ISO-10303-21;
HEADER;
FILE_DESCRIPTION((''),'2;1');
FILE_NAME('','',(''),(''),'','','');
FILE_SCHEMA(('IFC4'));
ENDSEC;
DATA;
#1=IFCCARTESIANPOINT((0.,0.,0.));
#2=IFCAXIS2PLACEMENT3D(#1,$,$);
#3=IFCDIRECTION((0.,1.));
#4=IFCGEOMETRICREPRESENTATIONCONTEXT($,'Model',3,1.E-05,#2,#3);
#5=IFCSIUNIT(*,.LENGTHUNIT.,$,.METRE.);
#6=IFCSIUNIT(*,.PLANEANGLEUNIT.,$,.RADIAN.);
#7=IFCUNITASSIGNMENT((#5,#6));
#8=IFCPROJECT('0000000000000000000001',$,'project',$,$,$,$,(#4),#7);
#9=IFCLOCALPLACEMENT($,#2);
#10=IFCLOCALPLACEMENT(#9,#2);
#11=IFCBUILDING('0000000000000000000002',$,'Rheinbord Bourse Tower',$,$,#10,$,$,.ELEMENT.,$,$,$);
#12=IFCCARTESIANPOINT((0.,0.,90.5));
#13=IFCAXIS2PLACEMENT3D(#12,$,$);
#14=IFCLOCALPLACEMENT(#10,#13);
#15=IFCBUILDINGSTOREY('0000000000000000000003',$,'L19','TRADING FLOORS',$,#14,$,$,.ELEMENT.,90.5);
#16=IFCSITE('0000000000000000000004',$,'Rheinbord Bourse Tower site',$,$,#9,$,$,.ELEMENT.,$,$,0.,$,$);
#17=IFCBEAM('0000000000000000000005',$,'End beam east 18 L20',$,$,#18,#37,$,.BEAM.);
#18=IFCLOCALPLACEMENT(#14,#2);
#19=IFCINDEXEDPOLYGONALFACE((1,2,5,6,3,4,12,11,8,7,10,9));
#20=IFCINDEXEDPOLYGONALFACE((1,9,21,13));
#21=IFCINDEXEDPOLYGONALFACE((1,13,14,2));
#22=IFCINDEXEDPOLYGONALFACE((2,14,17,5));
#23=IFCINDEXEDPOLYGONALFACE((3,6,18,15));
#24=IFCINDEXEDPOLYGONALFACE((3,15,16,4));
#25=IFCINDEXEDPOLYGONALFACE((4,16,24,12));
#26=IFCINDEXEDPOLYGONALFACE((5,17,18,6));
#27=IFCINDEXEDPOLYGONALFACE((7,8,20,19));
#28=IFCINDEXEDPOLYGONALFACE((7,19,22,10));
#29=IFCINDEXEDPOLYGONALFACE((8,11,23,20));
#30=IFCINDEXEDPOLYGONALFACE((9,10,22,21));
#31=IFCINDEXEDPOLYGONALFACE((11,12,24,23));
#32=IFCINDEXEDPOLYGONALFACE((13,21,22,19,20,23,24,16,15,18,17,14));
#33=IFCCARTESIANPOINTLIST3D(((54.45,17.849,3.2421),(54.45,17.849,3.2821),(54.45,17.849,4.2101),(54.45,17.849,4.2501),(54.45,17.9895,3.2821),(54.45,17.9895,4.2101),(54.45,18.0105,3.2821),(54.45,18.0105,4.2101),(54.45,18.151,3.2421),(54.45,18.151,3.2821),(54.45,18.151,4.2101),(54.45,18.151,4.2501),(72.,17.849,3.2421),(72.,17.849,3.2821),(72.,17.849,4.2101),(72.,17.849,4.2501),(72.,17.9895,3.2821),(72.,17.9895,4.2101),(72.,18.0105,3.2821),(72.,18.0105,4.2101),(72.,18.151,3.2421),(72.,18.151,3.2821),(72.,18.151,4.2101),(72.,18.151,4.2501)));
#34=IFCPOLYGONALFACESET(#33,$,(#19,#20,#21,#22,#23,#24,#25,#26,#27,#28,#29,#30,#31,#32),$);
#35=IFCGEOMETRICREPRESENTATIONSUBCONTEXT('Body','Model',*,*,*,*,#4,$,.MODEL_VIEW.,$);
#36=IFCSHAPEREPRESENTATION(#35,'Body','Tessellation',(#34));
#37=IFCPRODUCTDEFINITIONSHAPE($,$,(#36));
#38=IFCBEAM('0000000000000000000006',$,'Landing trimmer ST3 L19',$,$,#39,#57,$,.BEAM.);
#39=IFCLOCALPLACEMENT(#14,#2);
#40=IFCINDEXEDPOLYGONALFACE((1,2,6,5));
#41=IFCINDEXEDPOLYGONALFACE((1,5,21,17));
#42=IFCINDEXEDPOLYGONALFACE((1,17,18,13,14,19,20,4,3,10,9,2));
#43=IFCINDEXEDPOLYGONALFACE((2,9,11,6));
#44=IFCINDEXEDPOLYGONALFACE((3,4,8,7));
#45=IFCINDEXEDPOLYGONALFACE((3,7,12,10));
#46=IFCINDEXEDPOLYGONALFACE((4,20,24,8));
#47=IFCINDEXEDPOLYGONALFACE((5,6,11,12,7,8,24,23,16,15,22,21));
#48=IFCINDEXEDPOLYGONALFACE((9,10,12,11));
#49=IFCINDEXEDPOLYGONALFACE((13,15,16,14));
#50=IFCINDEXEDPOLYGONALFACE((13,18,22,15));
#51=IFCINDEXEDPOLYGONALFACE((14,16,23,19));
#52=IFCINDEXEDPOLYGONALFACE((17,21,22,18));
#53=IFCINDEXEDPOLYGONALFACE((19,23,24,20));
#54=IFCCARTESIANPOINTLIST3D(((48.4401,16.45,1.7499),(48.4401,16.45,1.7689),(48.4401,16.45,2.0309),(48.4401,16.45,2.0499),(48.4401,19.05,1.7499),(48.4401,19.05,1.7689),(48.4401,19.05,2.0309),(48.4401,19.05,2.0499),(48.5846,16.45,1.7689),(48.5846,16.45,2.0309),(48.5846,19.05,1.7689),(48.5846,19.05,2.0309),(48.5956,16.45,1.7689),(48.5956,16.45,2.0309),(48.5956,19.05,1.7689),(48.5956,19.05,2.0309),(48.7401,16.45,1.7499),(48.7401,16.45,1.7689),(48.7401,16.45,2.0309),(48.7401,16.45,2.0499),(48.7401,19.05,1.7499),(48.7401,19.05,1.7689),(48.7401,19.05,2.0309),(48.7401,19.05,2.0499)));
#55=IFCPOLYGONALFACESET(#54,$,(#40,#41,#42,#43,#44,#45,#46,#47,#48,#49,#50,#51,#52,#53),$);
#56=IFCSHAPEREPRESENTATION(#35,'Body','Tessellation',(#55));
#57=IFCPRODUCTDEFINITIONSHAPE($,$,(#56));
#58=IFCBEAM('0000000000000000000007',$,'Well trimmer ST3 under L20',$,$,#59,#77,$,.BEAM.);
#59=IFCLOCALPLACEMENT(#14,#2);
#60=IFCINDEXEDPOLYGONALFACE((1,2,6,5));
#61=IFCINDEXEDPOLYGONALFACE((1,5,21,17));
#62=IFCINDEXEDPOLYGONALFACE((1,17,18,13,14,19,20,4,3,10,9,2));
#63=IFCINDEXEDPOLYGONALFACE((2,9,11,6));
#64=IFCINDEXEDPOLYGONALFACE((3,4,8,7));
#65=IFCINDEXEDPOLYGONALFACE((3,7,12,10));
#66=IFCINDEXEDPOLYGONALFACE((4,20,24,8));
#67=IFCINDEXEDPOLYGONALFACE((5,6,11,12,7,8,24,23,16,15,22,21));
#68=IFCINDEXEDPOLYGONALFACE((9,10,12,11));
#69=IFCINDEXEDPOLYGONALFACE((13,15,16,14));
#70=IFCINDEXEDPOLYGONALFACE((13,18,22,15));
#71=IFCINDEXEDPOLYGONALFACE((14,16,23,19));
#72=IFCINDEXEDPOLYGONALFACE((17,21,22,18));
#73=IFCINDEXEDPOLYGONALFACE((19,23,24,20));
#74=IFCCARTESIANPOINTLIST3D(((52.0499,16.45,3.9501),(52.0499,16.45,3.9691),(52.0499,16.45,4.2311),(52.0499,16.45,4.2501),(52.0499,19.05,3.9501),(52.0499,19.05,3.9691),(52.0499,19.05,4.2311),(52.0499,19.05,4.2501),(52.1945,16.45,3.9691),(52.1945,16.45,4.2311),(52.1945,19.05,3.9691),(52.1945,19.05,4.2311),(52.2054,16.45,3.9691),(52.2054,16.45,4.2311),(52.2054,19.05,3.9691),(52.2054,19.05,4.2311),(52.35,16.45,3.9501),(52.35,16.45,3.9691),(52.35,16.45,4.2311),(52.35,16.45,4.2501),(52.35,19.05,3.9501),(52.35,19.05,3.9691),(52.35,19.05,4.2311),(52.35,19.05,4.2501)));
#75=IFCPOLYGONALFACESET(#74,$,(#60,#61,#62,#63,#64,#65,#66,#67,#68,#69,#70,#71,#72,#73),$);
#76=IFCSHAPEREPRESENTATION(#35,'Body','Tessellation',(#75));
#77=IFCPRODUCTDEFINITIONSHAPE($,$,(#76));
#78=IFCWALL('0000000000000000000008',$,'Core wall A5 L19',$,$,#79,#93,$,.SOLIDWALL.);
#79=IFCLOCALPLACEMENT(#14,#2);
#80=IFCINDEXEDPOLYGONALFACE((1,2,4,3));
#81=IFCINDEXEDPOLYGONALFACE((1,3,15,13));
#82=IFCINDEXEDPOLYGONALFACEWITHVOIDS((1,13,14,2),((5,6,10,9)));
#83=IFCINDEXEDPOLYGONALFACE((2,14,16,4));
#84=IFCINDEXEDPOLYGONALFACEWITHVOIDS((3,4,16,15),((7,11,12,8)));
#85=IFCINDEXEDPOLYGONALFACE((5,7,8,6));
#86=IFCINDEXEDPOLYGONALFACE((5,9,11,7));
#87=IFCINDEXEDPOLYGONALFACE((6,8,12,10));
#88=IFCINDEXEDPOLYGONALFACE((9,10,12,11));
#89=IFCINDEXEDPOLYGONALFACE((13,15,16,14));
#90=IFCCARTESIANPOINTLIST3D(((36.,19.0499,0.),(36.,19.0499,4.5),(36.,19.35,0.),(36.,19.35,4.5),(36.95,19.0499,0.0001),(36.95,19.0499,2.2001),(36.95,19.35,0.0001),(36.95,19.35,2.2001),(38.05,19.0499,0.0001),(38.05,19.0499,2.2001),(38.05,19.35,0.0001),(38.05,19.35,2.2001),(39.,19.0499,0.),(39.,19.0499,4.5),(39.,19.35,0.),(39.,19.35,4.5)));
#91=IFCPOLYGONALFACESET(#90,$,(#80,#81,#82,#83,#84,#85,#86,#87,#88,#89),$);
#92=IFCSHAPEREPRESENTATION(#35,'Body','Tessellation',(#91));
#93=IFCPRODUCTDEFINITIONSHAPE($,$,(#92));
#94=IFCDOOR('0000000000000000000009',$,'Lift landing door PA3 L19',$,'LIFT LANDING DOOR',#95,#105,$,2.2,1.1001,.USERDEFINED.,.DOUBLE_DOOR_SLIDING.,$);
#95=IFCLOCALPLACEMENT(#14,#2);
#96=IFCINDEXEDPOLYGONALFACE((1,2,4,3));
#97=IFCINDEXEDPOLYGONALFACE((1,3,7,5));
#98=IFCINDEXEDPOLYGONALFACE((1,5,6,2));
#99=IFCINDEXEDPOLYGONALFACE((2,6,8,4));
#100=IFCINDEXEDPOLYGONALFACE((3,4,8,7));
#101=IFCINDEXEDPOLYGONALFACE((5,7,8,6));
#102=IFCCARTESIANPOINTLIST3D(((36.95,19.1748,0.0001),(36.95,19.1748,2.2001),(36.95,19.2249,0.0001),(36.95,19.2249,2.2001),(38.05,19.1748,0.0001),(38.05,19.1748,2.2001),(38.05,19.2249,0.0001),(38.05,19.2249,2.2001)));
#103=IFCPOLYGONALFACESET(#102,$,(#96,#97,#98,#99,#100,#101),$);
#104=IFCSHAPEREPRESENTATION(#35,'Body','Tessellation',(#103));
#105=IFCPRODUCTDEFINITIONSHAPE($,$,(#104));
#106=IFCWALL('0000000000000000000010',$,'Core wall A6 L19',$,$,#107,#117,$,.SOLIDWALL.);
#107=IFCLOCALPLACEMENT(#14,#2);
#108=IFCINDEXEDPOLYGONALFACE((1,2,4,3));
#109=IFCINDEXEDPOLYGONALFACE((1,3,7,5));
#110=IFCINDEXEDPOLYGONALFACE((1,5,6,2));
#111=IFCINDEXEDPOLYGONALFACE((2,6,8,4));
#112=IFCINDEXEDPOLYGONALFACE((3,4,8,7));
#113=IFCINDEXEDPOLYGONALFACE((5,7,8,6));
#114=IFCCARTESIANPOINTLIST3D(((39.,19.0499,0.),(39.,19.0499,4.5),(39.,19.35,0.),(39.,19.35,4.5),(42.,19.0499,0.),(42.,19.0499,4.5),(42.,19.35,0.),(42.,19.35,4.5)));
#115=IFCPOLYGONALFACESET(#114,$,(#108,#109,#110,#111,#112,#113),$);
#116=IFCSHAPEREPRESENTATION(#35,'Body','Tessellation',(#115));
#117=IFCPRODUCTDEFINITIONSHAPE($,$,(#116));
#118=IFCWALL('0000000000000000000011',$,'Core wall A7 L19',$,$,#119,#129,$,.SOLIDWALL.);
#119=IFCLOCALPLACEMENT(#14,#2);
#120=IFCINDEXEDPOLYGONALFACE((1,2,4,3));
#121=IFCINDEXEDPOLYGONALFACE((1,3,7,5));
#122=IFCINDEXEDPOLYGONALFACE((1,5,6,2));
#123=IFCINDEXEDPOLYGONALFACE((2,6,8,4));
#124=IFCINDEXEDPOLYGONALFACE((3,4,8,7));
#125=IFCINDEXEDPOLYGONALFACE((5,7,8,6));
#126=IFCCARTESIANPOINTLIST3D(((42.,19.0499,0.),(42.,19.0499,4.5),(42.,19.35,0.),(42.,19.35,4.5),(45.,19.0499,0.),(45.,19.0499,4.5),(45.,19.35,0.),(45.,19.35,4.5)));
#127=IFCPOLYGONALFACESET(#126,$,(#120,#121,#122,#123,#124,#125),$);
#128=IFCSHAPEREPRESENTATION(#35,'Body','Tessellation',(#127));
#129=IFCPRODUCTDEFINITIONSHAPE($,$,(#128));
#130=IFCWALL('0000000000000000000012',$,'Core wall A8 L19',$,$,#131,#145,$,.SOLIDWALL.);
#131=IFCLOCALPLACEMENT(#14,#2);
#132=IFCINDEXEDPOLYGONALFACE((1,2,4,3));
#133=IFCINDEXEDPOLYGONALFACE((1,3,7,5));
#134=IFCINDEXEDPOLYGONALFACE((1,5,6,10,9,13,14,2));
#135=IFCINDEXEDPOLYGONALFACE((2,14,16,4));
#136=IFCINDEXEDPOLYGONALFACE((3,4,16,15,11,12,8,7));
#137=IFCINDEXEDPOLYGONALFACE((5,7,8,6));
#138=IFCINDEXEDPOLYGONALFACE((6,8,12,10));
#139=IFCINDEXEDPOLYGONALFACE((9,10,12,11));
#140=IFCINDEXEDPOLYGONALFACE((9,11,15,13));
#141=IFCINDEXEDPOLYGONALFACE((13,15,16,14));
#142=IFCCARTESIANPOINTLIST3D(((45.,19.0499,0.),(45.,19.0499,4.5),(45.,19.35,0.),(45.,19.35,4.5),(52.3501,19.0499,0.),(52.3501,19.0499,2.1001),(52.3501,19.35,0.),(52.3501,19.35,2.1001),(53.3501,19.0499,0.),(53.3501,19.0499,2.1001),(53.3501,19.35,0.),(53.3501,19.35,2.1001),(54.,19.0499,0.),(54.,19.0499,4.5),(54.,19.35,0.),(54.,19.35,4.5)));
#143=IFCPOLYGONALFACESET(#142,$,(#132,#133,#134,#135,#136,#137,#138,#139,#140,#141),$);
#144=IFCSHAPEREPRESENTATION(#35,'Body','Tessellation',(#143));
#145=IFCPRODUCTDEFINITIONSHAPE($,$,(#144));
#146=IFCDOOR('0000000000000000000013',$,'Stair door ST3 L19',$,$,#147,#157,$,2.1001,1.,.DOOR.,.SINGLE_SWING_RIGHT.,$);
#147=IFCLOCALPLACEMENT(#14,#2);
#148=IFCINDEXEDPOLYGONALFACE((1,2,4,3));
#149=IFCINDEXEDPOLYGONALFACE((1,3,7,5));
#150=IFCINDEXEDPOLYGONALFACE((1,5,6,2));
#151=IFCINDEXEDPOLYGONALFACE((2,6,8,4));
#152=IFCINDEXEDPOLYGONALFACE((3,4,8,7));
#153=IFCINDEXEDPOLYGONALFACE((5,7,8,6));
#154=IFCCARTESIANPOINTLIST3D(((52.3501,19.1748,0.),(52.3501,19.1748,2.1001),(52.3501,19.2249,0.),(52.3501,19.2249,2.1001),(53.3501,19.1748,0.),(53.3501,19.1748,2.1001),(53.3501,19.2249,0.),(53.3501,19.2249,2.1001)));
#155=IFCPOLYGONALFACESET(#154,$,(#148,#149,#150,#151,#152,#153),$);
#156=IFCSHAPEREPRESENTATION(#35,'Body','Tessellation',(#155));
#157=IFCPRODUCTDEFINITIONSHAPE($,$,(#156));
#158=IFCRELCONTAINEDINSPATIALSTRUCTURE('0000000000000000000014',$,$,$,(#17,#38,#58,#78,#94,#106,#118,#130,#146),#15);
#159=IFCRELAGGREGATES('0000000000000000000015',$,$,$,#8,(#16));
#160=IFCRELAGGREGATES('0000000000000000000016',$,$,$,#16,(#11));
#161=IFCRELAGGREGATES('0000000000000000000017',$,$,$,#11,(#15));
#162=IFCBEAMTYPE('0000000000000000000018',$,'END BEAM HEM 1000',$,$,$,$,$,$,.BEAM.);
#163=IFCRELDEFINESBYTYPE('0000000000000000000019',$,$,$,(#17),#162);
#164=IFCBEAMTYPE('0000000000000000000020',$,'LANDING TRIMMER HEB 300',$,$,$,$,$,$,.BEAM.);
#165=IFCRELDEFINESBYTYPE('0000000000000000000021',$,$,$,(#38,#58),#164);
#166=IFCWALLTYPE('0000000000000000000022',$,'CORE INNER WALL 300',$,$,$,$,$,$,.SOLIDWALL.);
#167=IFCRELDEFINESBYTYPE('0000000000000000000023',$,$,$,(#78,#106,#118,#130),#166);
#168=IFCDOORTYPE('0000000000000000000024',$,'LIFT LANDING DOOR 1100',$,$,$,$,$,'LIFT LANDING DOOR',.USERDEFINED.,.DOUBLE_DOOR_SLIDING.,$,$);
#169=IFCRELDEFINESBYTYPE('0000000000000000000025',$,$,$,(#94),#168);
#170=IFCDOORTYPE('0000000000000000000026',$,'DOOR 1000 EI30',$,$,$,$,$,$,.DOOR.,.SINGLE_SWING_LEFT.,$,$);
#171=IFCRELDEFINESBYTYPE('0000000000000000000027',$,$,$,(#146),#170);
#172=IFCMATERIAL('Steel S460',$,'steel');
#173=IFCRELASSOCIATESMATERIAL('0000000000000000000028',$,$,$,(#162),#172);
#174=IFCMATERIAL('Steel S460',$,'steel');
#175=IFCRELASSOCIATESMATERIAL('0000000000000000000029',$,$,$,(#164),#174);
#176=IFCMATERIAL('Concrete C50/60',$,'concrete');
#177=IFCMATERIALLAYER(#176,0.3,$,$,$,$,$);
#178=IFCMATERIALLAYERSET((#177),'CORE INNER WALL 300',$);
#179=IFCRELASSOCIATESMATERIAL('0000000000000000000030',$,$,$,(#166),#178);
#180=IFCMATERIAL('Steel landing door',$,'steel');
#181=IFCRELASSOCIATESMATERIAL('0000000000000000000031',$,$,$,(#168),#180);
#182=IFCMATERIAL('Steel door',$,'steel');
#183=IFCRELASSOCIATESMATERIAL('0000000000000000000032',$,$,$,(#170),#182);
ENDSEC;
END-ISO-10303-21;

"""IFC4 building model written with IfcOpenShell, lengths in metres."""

from ifc_helpers import new_model, si_unit, direction, frame, frame_2d, origin, origin_2d, place, context, subcontext, project, spatial, rectangle, i_section, extrude, material, layer, layer_set, material_profile, profile_set, type_object, element, fill, save


model = new_model("IFC4")

# Units and contexts
model_context = context("Model", 3, precision=1e-05, world=origin(), true_north=direction((0.0, 1.0)))
body_context = subcontext(model_context, "Body", "Model", "MODEL_VIEW")
ifc_project = project(units=[si_unit("LENGTHUNIT", "METRE"), si_unit("PLANEANGLEUNIT", "RADIAN")], contexts=[model_context])

# Site, building, storey
site_placement = place(None, origin())
site = spatial("IfcSite", under=ifc_project, at=site_placement, Name="Rheinbord Bourse Tower site", CompositionType="ELEMENT", RefElevation=0.0)
building_placement = place(site_placement, origin())
building = spatial("IfcBuilding", under=site, at=building_placement, Name="Rheinbord Bourse Tower", CompositionType="ELEMENT")
storey_placement = place(building_placement, frame((0.0, 0.0, 90.5)))
storey = spatial("IfcBuildingStorey", under=building, at=storey_placement, Name="L19", Description="TRADING FLOORS", CompositionType="ELEMENT", Elevation=90.5)

# Beams
ifc_material_1 = material(Name="Steel S460", Category="steel")
ifc_material_profile_1 = material_profile(ifc_material_1, i_section(OverallWidth=0.302, OverallDepth=1.0081, WebThickness=0.021, FlangeThickness=0.04, at=origin_2d()), Name="HEM 1000")
ifc_profile_set_1 = profile_set([ifc_material_profile_1], Name="Steel S460")
beam_type_1 = type_object("IfcBeamType", Name="END BEAM HEM 1000", PredefinedType="BEAM", material=ifc_profile_set_1)
beam_placement = place(storey_placement, frame((54.45, 18.0, 3.7461), z_axis=(1.0, 0.0, 0.0), x_axis=(0.0, 1.0, 0.0)))
element("IfcBeam", 1, at=beam_placement, inside=storey, type_object=beam_type_1, Name="End beam east 18 L20", PredefinedType="BEAM", context=body_context, shape_type="SweptSolid", body=[
    extrude(i_section(OverallWidth=0.302, OverallDepth=1.0081, WebThickness=0.021, FlangeThickness=0.04, at=origin_2d()), origin(), (0.0, 0.0, 1.0), 17.55),
])
ifc_material_2 = material(Name="Steel S460", Category="steel")
ifc_material_profile_2 = material_profile(ifc_material_2, i_section(OverallWidth=0.3, OverallDepth=0.3, WebThickness=0.011, FlangeThickness=0.019, at=origin_2d()), Name="HEB 300")
ifc_profile_set_2 = profile_set([ifc_material_profile_2], Name="Steel S460")
beam_type_2 = type_object("IfcBeamType", Name="LANDING TRIMMER HEB 300", PredefinedType="BEAM", material=ifc_profile_set_2)
for number, where, z_axis, x_axis, name in (
    (2, (48.5901, 16.45, 1.8999), (0.0, 1.0, 0.0), (-1.0, 0.0, 0.0), "Landing trimmer ST3 L19"),
    (3, (52.2, 16.45, 4.1001), (0.0, 1.0, 0.0), (-1.0, 0.0, 0.0), "Well trimmer ST3 under L20"),
):
    element("IfcBeam", number, at=place(storey_placement, frame(where, z_axis=z_axis, x_axis=x_axis)), inside=storey, type_object=beam_type_2, Name=name, PredefinedType="BEAM", context=body_context, shape_type="SweptSolid", body=[
        extrude(i_section(OverallWidth=0.3, OverallDepth=0.3, WebThickness=0.011, FlangeThickness=0.019, at=origin_2d()), origin(), (0.0, 0.0, 1.0), 2.6001),
    ])

# Wall, opening, door
ifc_material_3 = material(Name="Concrete C50/60", Category="concrete")
ifc_layer_1 = layer(ifc_material_3, 0.3)
ifc_layer_set_1 = layer_set([ifc_layer_1], Name="CORE INNER WALL 300")
wall_type_1 = type_object("IfcWallType", Name="CORE INNER WALL 300", PredefinedType="SOLIDWALL", material=ifc_layer_set_1)
wall_1_placement = place(storey_placement, frame((36.0, 19.2, 0.0), z_axis=(0.0, 0.0, 1.0), x_axis=(1.0, 0.0, 0.0)))
wall_1 = element("IfcWall", 4, at=wall_1_placement, inside=storey, type_object=wall_type_1, Name="Core wall A5 L19", PredefinedType="SOLIDWALL", context=body_context, shape_type="SweptSolid", body=[
    extrude(rectangle(XDim=3.0, YDim=0.3, at=frame_2d((1.5, 0.0))), origin(), (0.0, 0.0, 1.0), 4.5),
])
opening_1_placement = place(wall_1_placement, frame((0.95, 0.0, 0.0)))
opening_1 = element("IfcOpeningElement", 5, at=opening_1_placement, cuts=wall_1, PredefinedType="OPENING", context=body_context, shape_type="SweptSolid", body=[
    extrude(rectangle(XDim=1.1001, YDim=2.2, at=frame_2d((0.55, 1.1001))), frame((0.0, 0.1599, 0.0), z_axis=(0.0, -1.0, 0.0), x_axis=(1.0, 0.0, 0.0)), (0.0, 0.0, 1.0), 0.3201),
])
ifc_material_4 = material(Name="Steel landing door", Category="steel")
door_type_1 = type_object("IfcDoorType", Name="LIFT LANDING DOOR 1100", ElementType="LIFT LANDING DOOR", OperationType="DOUBLE_DOOR_SLIDING", PredefinedType="USERDEFINED", material=ifc_material_4)
door_1_placement = place(opening_1_placement, origin())
door_1 = element("IfcDoor", 6, at=door_1_placement, inside=storey, type_object=door_type_1, Name="Lift landing door PA3 L19", ObjectType="LIFT LANDING DOOR", OperationType="DOUBLE_DOOR_SLIDING", OverallHeight=2.2, OverallWidth=1.1001, PredefinedType="USERDEFINED", context=body_context, shape_type="SweptSolid", body=[
    extrude(rectangle(XDim=1.1001, YDim=2.2, at=frame_2d((0.55, 1.1001))), frame((0.0, 0.0249, 0.0), z_axis=(0.0, -1.0, 0.0), x_axis=(1.0, 0.0, 0.0)), (0.0, 0.0, 1.0), 0.05),
])
fill(opening_1, door_1)

# Walls
for number, where, z_axis, x_axis, name in (
    (7, (39.0, 19.2, 0.0), (0.0, 0.0, 1.0), (1.0, 0.0, 0.0), "Core wall A6 L19"),
    (8, (42.0, 19.2, 0.0), (0.0, 0.0, 1.0), (1.0, 0.0, 0.0), "Core wall A7 L19"),
):
    element("IfcWall", number, at=place(storey_placement, frame(where, z_axis=z_axis, x_axis=x_axis)), inside=storey, type_object=wall_type_1, Name=name, PredefinedType="SOLIDWALL", context=body_context, shape_type="SweptSolid", body=[
        extrude(rectangle(XDim=3.0, YDim=0.3, at=frame_2d((1.5, 0.0))), origin(), (0.0, 0.0, 1.0), 4.5),
    ])

# Wall, opening, door
wall_2_placement = place(storey_placement, frame((45.0, 19.2, 0.0), z_axis=(0.0, 0.0, 1.0), x_axis=(1.0, 0.0, 0.0)))
wall_2 = element("IfcWall", 9, at=wall_2_placement, inside=storey, type_object=wall_type_1, Name="Core wall A8 L19", PredefinedType="SOLIDWALL", context=body_context, shape_type="SweptSolid", body=[
    extrude(rectangle(XDim=9.0, YDim=0.3, at=frame_2d((4.5, 0.0))), origin(), (0.0, 0.0, 1.0), 4.5),
])
opening_2_placement = place(wall_2_placement, frame((7.3501, 0.0, 0.0)))
opening_2 = element("IfcOpeningElement", 10, at=opening_2_placement, cuts=wall_2, PredefinedType="OPENING", context=body_context, shape_type="SweptSolid", body=[
    extrude(rectangle(XDim=1.0, YDim=2.1001, at=frame_2d((0.5, 1.05))), frame((0.0, 0.1599, 0.0), z_axis=(0.0, -1.0, 0.0), x_axis=(1.0, 0.0, 0.0)), (0.0, 0.0, 1.0), 0.3201),
])
ifc_material_5 = material(Name="Steel door", Category="steel")
door_type_2 = type_object("IfcDoorType", Name="DOOR 1000 EI30", OperationType="SINGLE_SWING_LEFT", PredefinedType="DOOR", material=ifc_material_5)
door_2_placement = place(opening_2_placement, origin())
door_2 = element("IfcDoor", 11, at=door_2_placement, inside=storey, type_object=door_type_2, Name="Stair door ST3 L19", OperationType="SINGLE_SWING_RIGHT", OverallHeight=2.1001, OverallWidth=1.0, PredefinedType="DOOR", context=body_context, shape_type="SweptSolid", body=[
    extrude(rectangle(XDim=1.0, YDim=2.1001, at=frame_2d((0.5, 1.05))), frame((0.0, 0.0249, 0.0), z_axis=(0.0, -1.0, 0.0), x_axis=(1.0, 0.0, 0.0)), (0.0, 0.0, 1.0), 0.05),
])
fill(opening_2, door_2)

save(model, "model.ifc")
